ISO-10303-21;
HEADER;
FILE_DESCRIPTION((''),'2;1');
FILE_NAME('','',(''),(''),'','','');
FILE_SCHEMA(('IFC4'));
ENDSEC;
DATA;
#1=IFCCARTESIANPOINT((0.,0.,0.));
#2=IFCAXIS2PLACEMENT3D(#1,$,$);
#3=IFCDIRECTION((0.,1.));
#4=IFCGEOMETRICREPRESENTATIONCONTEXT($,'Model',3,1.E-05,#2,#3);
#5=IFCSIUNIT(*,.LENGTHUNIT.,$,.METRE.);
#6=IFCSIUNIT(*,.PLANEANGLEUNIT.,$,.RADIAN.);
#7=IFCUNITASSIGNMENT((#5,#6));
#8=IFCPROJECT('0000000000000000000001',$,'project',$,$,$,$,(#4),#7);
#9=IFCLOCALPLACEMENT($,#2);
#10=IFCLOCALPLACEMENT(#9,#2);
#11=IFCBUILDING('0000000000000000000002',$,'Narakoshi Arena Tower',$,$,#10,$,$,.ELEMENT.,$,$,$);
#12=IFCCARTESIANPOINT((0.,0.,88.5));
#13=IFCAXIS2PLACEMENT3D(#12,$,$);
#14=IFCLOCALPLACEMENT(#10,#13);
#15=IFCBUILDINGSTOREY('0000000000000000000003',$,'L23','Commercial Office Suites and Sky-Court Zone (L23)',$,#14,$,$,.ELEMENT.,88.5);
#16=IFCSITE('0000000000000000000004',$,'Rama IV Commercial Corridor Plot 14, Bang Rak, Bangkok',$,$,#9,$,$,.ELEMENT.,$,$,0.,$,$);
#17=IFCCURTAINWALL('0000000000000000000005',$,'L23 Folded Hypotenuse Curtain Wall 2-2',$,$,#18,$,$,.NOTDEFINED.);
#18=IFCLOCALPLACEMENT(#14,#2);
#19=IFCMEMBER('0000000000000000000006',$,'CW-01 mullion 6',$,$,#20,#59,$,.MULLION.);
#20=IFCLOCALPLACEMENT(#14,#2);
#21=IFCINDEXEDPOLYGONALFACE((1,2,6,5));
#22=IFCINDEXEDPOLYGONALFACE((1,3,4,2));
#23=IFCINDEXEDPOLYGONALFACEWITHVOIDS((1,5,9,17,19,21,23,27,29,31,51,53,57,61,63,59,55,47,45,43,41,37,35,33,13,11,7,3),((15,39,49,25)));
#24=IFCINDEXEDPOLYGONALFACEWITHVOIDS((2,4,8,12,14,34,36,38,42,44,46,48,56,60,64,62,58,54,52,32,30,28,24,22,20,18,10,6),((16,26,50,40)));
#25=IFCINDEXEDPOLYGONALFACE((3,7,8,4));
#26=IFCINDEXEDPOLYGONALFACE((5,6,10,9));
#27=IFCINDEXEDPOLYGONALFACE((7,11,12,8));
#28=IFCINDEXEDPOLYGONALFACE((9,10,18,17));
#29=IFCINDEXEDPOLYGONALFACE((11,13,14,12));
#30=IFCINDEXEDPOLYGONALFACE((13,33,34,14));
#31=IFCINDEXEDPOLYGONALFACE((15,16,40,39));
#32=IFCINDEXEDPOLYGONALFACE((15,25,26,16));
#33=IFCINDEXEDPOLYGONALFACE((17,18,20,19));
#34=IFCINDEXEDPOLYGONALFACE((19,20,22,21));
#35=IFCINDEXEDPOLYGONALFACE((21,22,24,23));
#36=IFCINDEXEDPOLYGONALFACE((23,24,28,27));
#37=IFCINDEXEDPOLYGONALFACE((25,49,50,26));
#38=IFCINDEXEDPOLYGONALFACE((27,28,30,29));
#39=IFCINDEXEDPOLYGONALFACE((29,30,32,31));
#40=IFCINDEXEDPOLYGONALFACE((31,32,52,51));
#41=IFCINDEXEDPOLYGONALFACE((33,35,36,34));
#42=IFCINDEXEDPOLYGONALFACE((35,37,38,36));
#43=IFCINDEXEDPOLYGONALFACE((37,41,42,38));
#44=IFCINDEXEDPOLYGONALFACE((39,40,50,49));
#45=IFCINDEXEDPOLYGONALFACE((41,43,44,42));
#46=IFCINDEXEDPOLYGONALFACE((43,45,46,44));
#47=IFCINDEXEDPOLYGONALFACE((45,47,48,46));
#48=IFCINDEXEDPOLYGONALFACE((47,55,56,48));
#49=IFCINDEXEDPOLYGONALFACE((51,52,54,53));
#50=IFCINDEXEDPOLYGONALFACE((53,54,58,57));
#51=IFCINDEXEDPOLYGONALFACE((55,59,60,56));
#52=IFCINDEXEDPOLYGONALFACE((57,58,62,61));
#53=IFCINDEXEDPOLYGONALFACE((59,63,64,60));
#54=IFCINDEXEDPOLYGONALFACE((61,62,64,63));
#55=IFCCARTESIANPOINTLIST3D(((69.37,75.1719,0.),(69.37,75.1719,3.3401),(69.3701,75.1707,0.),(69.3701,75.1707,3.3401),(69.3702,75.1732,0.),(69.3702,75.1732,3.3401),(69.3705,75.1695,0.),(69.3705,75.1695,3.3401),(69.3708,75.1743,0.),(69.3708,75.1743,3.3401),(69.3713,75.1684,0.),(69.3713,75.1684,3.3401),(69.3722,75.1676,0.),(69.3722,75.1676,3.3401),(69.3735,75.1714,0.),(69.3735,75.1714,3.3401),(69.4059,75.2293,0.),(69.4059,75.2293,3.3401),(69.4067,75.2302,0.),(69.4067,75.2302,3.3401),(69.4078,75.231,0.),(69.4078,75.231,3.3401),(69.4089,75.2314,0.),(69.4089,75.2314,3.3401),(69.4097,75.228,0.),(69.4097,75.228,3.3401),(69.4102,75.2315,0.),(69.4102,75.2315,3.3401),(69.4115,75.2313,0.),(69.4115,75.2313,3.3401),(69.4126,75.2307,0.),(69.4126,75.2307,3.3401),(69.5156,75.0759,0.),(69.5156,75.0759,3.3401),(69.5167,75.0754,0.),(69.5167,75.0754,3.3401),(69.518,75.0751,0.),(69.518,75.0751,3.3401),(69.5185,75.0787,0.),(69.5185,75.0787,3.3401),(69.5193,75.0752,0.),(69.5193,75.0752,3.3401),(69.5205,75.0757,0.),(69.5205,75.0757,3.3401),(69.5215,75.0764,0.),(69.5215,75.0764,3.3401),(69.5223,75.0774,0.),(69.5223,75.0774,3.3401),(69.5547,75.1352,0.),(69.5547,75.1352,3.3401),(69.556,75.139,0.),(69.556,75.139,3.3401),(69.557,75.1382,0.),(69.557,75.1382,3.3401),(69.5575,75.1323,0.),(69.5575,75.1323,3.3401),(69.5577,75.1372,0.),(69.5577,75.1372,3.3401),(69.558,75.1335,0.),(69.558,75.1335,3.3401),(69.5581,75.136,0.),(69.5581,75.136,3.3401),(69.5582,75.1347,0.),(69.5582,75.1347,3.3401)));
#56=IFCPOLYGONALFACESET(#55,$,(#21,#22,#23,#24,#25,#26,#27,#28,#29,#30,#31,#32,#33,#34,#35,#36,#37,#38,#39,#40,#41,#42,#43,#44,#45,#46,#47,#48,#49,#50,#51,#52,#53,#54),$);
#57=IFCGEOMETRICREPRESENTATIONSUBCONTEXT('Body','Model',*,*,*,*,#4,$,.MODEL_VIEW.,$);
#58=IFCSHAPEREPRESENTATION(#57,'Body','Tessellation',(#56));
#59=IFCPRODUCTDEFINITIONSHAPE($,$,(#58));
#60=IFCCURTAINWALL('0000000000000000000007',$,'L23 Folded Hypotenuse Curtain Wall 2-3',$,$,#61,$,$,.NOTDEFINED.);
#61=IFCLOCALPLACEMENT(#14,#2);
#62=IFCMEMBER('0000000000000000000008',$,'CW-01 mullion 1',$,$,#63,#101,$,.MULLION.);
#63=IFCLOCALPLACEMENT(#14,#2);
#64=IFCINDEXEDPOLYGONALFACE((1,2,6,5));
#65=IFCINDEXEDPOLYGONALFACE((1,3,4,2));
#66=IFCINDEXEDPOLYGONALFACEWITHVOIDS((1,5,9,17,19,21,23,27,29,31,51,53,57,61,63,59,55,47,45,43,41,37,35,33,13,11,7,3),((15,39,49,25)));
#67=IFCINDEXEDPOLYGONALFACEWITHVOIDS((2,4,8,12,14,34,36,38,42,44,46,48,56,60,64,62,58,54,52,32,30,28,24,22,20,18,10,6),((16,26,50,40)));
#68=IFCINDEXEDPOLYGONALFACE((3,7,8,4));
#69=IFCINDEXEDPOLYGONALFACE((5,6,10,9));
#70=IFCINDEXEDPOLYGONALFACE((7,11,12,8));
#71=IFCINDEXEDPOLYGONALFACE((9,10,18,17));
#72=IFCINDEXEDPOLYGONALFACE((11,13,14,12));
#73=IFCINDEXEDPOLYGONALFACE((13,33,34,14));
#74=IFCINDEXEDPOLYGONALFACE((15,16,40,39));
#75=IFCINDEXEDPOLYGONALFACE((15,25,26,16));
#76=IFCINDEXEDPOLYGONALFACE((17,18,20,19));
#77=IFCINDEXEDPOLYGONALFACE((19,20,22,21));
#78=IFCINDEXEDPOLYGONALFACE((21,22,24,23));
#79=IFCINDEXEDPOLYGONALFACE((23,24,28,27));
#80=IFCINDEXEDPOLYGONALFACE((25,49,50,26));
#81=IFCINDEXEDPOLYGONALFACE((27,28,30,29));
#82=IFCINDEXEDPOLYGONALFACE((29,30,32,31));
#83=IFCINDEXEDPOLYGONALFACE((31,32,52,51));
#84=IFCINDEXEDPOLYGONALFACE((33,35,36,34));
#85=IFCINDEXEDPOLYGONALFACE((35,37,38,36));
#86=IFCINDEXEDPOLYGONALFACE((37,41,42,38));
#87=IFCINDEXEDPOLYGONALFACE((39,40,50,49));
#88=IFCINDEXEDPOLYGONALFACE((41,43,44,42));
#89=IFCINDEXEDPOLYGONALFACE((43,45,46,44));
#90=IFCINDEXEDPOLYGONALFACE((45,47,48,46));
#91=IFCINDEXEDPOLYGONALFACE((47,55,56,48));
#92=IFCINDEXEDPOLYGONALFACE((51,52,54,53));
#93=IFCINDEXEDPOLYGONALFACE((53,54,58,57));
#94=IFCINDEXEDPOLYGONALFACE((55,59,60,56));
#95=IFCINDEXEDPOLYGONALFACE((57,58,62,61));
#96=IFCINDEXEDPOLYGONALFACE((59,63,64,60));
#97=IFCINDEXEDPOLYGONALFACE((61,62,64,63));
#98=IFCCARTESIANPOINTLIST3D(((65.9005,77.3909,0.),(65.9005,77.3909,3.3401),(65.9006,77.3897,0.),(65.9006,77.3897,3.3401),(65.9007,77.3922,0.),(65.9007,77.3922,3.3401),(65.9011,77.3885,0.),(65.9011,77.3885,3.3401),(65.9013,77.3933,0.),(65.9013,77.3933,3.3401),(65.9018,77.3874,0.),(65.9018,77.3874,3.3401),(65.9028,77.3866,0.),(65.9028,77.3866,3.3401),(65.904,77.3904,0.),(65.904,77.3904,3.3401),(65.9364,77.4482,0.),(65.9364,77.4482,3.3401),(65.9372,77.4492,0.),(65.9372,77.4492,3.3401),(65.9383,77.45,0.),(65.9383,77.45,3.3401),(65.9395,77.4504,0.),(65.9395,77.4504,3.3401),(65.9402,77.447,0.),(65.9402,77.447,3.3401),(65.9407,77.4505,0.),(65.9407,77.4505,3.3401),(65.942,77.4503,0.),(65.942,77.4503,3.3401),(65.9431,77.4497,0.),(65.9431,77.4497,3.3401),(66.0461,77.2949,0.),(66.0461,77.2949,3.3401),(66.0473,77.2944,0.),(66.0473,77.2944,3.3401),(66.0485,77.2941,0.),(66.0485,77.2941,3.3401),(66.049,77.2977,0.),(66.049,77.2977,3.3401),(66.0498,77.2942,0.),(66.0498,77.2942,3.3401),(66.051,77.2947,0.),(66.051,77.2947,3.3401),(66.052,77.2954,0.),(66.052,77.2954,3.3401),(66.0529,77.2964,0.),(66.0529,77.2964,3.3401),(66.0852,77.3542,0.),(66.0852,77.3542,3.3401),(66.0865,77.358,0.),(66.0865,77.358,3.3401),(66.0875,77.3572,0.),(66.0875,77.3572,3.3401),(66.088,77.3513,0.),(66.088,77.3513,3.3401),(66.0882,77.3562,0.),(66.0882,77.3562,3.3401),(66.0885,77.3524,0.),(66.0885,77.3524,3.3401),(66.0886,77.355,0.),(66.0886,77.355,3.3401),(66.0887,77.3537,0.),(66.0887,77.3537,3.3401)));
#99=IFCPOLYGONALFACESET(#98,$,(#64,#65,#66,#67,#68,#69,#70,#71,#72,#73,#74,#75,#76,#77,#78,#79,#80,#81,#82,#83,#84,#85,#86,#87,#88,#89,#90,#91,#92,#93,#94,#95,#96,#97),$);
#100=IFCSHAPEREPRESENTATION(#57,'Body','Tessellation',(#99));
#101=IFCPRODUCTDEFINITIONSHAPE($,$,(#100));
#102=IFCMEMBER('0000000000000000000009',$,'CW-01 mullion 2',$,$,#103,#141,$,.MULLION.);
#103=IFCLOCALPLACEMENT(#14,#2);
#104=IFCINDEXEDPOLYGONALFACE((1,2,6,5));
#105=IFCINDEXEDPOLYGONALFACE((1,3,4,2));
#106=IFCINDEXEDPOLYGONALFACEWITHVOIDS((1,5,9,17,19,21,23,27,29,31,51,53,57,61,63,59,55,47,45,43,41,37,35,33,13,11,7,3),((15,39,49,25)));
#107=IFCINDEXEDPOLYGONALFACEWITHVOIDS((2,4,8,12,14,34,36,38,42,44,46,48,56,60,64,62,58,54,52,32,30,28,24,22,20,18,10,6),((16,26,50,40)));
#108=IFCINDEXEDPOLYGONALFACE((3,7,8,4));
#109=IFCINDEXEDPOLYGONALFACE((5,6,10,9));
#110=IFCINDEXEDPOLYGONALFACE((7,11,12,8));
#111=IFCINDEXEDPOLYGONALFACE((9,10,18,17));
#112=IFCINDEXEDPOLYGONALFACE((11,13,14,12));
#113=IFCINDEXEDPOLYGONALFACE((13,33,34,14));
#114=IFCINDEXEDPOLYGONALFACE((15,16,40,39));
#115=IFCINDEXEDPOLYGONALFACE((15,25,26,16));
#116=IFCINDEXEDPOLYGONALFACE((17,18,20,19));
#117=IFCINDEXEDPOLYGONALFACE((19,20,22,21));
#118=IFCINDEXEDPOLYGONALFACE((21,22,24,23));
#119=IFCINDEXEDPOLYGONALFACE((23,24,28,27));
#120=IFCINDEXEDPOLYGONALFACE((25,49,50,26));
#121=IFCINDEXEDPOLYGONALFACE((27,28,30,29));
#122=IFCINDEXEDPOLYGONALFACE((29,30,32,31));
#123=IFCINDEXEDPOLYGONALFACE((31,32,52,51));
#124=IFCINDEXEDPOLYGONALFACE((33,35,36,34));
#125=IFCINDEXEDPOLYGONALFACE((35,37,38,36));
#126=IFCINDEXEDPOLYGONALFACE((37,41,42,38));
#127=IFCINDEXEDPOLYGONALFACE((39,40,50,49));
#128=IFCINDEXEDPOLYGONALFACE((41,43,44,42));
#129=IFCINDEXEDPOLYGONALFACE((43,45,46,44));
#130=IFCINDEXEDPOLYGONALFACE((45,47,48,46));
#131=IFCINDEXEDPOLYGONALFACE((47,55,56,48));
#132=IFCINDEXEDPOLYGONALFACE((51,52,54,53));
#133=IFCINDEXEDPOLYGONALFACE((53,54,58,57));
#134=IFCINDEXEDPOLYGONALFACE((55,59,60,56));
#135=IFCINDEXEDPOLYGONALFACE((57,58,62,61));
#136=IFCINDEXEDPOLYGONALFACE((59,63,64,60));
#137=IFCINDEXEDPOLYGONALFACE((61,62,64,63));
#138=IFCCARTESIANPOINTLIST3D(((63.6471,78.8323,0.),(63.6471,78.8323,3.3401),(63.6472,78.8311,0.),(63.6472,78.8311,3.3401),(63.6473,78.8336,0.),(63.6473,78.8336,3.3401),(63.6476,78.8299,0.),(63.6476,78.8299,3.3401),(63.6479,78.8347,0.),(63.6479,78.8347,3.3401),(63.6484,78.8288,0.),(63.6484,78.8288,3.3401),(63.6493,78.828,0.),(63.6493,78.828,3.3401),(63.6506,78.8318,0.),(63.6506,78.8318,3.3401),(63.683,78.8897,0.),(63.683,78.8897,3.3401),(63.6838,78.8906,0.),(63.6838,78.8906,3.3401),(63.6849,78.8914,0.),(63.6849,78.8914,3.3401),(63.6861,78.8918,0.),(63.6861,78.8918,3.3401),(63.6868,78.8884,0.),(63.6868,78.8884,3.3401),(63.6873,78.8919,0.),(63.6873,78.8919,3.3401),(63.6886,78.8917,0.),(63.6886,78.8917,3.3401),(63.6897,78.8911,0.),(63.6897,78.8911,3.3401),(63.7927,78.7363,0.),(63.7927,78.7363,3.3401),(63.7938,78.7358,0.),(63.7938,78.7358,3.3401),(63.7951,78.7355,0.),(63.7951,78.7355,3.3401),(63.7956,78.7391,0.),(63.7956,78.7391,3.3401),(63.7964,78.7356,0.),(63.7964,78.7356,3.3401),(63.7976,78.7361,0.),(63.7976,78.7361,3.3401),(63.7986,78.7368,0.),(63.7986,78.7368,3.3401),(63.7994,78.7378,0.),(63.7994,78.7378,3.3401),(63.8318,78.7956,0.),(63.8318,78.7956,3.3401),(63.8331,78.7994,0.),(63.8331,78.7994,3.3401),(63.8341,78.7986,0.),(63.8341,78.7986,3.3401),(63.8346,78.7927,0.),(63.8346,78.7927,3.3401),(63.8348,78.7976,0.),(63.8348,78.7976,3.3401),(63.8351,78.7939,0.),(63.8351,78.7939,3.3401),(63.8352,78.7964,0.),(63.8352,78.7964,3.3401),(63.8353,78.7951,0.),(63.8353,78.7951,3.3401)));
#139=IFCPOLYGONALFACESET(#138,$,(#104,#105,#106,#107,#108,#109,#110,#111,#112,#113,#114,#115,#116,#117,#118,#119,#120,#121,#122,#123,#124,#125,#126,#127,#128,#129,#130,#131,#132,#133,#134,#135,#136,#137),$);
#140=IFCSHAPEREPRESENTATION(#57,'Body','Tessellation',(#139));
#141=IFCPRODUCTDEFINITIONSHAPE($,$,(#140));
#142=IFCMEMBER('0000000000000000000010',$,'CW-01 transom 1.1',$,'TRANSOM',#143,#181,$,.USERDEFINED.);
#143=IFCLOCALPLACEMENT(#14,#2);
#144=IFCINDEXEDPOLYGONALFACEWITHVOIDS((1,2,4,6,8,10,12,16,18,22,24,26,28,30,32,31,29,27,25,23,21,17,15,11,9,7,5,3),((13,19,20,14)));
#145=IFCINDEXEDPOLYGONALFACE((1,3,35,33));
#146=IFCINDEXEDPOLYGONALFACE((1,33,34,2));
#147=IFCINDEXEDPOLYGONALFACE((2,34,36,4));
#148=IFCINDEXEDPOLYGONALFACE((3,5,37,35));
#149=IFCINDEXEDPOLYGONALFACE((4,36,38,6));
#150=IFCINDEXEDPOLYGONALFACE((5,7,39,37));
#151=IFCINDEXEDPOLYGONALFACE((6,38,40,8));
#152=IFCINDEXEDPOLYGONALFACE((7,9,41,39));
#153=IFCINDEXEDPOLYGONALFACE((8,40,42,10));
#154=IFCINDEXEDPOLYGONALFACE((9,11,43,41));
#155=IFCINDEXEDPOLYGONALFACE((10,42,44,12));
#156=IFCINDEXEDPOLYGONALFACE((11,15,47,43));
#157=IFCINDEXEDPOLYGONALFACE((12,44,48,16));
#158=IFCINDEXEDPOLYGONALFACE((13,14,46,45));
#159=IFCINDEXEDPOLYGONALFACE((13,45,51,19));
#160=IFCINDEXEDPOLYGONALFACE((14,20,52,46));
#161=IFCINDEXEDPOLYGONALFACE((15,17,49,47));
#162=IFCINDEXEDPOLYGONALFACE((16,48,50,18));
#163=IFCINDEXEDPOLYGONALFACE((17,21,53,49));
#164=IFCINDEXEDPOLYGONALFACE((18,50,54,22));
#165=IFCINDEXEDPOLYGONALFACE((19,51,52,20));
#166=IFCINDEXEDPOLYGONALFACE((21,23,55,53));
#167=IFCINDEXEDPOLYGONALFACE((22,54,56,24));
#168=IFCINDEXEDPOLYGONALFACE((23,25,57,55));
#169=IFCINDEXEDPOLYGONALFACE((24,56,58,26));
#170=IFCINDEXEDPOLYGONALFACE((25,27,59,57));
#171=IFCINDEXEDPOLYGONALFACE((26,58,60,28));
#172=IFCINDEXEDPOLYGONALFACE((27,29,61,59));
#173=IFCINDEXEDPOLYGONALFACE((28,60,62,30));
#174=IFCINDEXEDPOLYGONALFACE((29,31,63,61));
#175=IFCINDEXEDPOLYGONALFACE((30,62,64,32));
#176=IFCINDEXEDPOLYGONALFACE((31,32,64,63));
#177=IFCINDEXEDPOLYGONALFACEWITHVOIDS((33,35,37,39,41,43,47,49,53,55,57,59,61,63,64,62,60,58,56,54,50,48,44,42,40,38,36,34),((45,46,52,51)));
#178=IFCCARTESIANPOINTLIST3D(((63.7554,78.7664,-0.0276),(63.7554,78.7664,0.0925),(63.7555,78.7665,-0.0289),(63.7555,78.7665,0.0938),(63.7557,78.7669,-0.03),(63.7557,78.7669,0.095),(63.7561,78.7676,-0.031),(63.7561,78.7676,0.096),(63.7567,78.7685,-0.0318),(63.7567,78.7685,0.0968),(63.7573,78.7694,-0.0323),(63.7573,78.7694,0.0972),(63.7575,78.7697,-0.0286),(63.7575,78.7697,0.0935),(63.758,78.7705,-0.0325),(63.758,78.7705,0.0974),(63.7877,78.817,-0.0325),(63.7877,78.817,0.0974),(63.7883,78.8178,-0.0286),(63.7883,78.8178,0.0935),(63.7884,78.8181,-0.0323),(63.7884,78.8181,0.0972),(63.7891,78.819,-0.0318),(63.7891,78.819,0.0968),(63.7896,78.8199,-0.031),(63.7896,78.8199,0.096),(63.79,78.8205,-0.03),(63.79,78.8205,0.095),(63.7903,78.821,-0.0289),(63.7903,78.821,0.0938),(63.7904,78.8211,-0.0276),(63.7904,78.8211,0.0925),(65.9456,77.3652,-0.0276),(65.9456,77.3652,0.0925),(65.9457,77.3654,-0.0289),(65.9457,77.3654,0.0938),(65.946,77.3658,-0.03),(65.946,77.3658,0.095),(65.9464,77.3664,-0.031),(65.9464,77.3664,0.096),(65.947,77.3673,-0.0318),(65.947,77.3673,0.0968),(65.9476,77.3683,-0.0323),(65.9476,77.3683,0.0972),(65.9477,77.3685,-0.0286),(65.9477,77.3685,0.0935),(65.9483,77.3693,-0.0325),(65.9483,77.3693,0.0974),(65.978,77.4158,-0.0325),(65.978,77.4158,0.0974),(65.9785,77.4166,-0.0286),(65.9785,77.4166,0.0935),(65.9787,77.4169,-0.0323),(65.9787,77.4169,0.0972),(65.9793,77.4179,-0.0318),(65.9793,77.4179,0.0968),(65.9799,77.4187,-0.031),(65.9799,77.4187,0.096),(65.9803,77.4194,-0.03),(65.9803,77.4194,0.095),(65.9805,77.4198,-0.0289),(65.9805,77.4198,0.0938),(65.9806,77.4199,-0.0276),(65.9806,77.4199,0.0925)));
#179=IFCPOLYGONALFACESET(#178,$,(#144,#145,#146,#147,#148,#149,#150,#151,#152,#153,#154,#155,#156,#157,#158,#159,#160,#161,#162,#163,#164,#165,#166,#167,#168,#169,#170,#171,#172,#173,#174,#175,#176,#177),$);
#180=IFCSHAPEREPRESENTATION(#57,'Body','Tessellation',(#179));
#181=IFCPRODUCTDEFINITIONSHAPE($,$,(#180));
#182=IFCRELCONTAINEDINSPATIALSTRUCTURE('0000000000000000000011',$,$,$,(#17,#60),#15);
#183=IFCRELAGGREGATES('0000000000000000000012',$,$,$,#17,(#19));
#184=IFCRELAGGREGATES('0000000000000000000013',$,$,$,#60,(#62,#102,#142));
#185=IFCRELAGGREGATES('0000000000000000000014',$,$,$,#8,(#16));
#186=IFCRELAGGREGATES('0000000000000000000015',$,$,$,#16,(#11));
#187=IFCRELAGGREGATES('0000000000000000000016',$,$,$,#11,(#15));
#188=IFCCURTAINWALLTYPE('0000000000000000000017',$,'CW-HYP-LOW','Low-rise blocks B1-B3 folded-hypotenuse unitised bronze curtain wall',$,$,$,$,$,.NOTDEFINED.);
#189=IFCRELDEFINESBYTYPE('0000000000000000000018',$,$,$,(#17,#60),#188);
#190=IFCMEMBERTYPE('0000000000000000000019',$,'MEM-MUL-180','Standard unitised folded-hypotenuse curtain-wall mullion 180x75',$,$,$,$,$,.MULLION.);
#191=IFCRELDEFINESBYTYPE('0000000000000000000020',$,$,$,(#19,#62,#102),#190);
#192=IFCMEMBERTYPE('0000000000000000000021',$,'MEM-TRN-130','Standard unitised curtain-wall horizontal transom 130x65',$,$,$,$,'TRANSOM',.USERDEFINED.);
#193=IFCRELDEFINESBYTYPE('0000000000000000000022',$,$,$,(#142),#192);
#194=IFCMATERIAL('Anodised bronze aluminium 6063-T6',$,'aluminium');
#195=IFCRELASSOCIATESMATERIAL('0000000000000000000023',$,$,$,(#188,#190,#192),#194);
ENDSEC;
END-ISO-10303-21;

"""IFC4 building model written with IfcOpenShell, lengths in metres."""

from ifc_helpers import new_model, si_unit, direction, frame, origin, origin_2d, place, context, subcontext, project, spatial, hollow_rectangle, extrude, material, material_profile, profile_set, type_object, element, aggregate, save


model = new_model("IFC4")

# Units and contexts
model_context = context("Model", 3, precision=1e-05, world=origin(), true_north=direction((0.0, 1.0)))
body_context = subcontext(model_context, "Body", "Model", "MODEL_VIEW")
ifc_project = project(units=[si_unit("LENGTHUNIT", "METRE"), si_unit("PLANEANGLEUNIT", "RADIAN")], contexts=[model_context])

# Site, building, storey
site_placement = place(None, origin())
site = spatial("IfcSite", under=ifc_project, at=site_placement, Name="Rama IV Commercial Corridor Plot 14, Bang Rak, Bangkok", CompositionType="ELEMENT", RefElevation=0.0)
building_placement = place(site_placement, origin())
building = spatial("IfcBuilding", under=site, at=building_placement, Name="Narakoshi Arena Tower", CompositionType="ELEMENT")
storey_placement = place(building_placement, frame((0.0, 0.0, 88.5)))
storey = spatial("IfcBuildingStorey", under=building, at=storey_placement, Name="L23", Description="Commercial Office Suites and Sky-Court Zone (L23)", CompositionType="ELEMENT", Elevation=88.5)

# Curtain wall, member
ifc_material_1 = material(Name="Anodised bronze aluminium 6063-T6", Category="aluminium")
curtain_wall_type = type_object("IfcCurtainWallType", Name="CW-HYP-LOW", Description="Low-rise blocks B1-B3 folded-hypotenuse unitised bronze curtain wall", PredefinedType="NOTDEFINED", material=ifc_material_1)
curtain_wall_1_placement = place(storey_placement, origin())
curtain_wall_1 = element("IfcCurtainWall", 1, at=curtain_wall_1_placement, inside=storey, type_object=curtain_wall_type, Name="L23 Folded Hypotenuse Curtain Wall 2-2", PredefinedType="NOTDEFINED")
ifc_material_profile_1 = material_profile(ifc_material_1, hollow_rectangle(XDim=0.075, YDim=0.1799, WallThickness=0.0039, OuterFilletRadius=0.0049, at=origin_2d()), Name="MUL180x75x4")
ifc_profile_set_1 = profile_set([ifc_material_profile_1], Name="Anodised bronze aluminium 6063-T6")
member_type_1 = type_object("IfcMemberType", Name="MEM-MUL-180", Description="Standard unitised folded-hypotenuse curtain-wall mullion 180x75", PredefinedType="MULLION", material=ifc_profile_set_1)
member_1_placement = place(storey_placement, frame((69.4641, 75.1533, 0.0), z_axis=(0.0, 0.0, 1.0), x_axis=(-0.538829, -0.842415, 0.0)))
member_1 = element("IfcMember", 2, at=member_1_placement, type_object=member_type_1, Name="CW-01 mullion 6", PredefinedType="MULLION", context=body_context, shape_type="SweptSolid", body=[
    extrude(hollow_rectangle(XDim=0.075, YDim=0.1799, WallThickness=0.0039, OuterFilletRadius=0.0049, at=origin_2d()), origin(), (0.0, 0.0, 1.0), 3.3401),
])

# Curtain wall, members
curtain_wall_2_placement = place(storey_placement, origin())
curtain_wall_2 = element("IfcCurtainWall", 3, at=curtain_wall_2_placement, inside=storey, type_object=curtain_wall_type, Name="L23 Folded Hypotenuse Curtain Wall 2-3", PredefinedType="NOTDEFINED")
member_2_placement = place(storey_placement, frame((65.9946, 77.3723, 0.0), z_axis=(0.0, 0.0, 1.0), x_axis=(-0.538841, -0.842407, 0.0)))
member_2 = element("IfcMember", 4, at=member_2_placement, type_object=member_type_1, Name="CW-01 mullion 1", PredefinedType="MULLION", context=body_context, shape_type="SweptSolid", body=[
    extrude(hollow_rectangle(XDim=0.075, YDim=0.1799, WallThickness=0.0039, OuterFilletRadius=0.0049, at=origin_2d()), origin(), (0.0, 0.0, 1.0), 3.3401),
])
member_3_placement = place(storey_placement, frame((63.7412, 78.8137, 0.0), z_axis=(0.0, 0.0, 1.0), x_axis=(-0.538841, -0.842407, 0.0)))
member_3 = element("IfcMember", 5, at=member_3_placement, type_object=member_type_1, Name="CW-01 mullion 2", PredefinedType="MULLION", context=body_context, shape_type="SweptSolid", body=[
    extrude(hollow_rectangle(XDim=0.075, YDim=0.1799, WallThickness=0.0039, OuterFilletRadius=0.0049, at=origin_2d()), origin(), (0.0, 0.0, 1.0), 3.3401),
])
ifc_material_profile_2 = material_profile(ifc_material_1, hollow_rectangle(XDim=0.0649, YDim=0.1299, WallThickness=0.0039, OuterFilletRadius=0.0049, at=origin_2d()), Name="TRN130x65x4")
ifc_profile_set_2 = profile_set([ifc_material_profile_2], Name="Anodised bronze aluminium 6063-T6")
member_type_2 = type_object("IfcMemberType", Name="MEM-TRN-130", Description="Standard unitised curtain-wall horizontal transom 130x65", ElementType="TRANSOM", PredefinedType="USERDEFINED", material=ifc_profile_set_2)
member_4_placement = place(storey_placement, frame((65.9631, 77.3926, 0.0325), z_axis=(-0.842375, 0.538891, 0.0), x_axis=(-0.538891, -0.842375, 0.0)))
member_4 = element("IfcMember", 6, at=member_4_placement, type_object=member_type_2, Name="CW-01 transom 1.1", ObjectType="TRANSOM", PredefinedType="USERDEFINED", context=body_context, shape_type="SweptSolid", body=[
    extrude(hollow_rectangle(XDim=0.0649, YDim=0.1299, WallThickness=0.0039, OuterFilletRadius=0.0049, at=origin_2d()), origin(), (0.0, 0.0, 1.0), 2.6001),
])

aggregate(curtain_wall_1, [member_1])
aggregate(curtain_wall_2, [member_2, member_3, member_4])

save(model, "model.ifc")
